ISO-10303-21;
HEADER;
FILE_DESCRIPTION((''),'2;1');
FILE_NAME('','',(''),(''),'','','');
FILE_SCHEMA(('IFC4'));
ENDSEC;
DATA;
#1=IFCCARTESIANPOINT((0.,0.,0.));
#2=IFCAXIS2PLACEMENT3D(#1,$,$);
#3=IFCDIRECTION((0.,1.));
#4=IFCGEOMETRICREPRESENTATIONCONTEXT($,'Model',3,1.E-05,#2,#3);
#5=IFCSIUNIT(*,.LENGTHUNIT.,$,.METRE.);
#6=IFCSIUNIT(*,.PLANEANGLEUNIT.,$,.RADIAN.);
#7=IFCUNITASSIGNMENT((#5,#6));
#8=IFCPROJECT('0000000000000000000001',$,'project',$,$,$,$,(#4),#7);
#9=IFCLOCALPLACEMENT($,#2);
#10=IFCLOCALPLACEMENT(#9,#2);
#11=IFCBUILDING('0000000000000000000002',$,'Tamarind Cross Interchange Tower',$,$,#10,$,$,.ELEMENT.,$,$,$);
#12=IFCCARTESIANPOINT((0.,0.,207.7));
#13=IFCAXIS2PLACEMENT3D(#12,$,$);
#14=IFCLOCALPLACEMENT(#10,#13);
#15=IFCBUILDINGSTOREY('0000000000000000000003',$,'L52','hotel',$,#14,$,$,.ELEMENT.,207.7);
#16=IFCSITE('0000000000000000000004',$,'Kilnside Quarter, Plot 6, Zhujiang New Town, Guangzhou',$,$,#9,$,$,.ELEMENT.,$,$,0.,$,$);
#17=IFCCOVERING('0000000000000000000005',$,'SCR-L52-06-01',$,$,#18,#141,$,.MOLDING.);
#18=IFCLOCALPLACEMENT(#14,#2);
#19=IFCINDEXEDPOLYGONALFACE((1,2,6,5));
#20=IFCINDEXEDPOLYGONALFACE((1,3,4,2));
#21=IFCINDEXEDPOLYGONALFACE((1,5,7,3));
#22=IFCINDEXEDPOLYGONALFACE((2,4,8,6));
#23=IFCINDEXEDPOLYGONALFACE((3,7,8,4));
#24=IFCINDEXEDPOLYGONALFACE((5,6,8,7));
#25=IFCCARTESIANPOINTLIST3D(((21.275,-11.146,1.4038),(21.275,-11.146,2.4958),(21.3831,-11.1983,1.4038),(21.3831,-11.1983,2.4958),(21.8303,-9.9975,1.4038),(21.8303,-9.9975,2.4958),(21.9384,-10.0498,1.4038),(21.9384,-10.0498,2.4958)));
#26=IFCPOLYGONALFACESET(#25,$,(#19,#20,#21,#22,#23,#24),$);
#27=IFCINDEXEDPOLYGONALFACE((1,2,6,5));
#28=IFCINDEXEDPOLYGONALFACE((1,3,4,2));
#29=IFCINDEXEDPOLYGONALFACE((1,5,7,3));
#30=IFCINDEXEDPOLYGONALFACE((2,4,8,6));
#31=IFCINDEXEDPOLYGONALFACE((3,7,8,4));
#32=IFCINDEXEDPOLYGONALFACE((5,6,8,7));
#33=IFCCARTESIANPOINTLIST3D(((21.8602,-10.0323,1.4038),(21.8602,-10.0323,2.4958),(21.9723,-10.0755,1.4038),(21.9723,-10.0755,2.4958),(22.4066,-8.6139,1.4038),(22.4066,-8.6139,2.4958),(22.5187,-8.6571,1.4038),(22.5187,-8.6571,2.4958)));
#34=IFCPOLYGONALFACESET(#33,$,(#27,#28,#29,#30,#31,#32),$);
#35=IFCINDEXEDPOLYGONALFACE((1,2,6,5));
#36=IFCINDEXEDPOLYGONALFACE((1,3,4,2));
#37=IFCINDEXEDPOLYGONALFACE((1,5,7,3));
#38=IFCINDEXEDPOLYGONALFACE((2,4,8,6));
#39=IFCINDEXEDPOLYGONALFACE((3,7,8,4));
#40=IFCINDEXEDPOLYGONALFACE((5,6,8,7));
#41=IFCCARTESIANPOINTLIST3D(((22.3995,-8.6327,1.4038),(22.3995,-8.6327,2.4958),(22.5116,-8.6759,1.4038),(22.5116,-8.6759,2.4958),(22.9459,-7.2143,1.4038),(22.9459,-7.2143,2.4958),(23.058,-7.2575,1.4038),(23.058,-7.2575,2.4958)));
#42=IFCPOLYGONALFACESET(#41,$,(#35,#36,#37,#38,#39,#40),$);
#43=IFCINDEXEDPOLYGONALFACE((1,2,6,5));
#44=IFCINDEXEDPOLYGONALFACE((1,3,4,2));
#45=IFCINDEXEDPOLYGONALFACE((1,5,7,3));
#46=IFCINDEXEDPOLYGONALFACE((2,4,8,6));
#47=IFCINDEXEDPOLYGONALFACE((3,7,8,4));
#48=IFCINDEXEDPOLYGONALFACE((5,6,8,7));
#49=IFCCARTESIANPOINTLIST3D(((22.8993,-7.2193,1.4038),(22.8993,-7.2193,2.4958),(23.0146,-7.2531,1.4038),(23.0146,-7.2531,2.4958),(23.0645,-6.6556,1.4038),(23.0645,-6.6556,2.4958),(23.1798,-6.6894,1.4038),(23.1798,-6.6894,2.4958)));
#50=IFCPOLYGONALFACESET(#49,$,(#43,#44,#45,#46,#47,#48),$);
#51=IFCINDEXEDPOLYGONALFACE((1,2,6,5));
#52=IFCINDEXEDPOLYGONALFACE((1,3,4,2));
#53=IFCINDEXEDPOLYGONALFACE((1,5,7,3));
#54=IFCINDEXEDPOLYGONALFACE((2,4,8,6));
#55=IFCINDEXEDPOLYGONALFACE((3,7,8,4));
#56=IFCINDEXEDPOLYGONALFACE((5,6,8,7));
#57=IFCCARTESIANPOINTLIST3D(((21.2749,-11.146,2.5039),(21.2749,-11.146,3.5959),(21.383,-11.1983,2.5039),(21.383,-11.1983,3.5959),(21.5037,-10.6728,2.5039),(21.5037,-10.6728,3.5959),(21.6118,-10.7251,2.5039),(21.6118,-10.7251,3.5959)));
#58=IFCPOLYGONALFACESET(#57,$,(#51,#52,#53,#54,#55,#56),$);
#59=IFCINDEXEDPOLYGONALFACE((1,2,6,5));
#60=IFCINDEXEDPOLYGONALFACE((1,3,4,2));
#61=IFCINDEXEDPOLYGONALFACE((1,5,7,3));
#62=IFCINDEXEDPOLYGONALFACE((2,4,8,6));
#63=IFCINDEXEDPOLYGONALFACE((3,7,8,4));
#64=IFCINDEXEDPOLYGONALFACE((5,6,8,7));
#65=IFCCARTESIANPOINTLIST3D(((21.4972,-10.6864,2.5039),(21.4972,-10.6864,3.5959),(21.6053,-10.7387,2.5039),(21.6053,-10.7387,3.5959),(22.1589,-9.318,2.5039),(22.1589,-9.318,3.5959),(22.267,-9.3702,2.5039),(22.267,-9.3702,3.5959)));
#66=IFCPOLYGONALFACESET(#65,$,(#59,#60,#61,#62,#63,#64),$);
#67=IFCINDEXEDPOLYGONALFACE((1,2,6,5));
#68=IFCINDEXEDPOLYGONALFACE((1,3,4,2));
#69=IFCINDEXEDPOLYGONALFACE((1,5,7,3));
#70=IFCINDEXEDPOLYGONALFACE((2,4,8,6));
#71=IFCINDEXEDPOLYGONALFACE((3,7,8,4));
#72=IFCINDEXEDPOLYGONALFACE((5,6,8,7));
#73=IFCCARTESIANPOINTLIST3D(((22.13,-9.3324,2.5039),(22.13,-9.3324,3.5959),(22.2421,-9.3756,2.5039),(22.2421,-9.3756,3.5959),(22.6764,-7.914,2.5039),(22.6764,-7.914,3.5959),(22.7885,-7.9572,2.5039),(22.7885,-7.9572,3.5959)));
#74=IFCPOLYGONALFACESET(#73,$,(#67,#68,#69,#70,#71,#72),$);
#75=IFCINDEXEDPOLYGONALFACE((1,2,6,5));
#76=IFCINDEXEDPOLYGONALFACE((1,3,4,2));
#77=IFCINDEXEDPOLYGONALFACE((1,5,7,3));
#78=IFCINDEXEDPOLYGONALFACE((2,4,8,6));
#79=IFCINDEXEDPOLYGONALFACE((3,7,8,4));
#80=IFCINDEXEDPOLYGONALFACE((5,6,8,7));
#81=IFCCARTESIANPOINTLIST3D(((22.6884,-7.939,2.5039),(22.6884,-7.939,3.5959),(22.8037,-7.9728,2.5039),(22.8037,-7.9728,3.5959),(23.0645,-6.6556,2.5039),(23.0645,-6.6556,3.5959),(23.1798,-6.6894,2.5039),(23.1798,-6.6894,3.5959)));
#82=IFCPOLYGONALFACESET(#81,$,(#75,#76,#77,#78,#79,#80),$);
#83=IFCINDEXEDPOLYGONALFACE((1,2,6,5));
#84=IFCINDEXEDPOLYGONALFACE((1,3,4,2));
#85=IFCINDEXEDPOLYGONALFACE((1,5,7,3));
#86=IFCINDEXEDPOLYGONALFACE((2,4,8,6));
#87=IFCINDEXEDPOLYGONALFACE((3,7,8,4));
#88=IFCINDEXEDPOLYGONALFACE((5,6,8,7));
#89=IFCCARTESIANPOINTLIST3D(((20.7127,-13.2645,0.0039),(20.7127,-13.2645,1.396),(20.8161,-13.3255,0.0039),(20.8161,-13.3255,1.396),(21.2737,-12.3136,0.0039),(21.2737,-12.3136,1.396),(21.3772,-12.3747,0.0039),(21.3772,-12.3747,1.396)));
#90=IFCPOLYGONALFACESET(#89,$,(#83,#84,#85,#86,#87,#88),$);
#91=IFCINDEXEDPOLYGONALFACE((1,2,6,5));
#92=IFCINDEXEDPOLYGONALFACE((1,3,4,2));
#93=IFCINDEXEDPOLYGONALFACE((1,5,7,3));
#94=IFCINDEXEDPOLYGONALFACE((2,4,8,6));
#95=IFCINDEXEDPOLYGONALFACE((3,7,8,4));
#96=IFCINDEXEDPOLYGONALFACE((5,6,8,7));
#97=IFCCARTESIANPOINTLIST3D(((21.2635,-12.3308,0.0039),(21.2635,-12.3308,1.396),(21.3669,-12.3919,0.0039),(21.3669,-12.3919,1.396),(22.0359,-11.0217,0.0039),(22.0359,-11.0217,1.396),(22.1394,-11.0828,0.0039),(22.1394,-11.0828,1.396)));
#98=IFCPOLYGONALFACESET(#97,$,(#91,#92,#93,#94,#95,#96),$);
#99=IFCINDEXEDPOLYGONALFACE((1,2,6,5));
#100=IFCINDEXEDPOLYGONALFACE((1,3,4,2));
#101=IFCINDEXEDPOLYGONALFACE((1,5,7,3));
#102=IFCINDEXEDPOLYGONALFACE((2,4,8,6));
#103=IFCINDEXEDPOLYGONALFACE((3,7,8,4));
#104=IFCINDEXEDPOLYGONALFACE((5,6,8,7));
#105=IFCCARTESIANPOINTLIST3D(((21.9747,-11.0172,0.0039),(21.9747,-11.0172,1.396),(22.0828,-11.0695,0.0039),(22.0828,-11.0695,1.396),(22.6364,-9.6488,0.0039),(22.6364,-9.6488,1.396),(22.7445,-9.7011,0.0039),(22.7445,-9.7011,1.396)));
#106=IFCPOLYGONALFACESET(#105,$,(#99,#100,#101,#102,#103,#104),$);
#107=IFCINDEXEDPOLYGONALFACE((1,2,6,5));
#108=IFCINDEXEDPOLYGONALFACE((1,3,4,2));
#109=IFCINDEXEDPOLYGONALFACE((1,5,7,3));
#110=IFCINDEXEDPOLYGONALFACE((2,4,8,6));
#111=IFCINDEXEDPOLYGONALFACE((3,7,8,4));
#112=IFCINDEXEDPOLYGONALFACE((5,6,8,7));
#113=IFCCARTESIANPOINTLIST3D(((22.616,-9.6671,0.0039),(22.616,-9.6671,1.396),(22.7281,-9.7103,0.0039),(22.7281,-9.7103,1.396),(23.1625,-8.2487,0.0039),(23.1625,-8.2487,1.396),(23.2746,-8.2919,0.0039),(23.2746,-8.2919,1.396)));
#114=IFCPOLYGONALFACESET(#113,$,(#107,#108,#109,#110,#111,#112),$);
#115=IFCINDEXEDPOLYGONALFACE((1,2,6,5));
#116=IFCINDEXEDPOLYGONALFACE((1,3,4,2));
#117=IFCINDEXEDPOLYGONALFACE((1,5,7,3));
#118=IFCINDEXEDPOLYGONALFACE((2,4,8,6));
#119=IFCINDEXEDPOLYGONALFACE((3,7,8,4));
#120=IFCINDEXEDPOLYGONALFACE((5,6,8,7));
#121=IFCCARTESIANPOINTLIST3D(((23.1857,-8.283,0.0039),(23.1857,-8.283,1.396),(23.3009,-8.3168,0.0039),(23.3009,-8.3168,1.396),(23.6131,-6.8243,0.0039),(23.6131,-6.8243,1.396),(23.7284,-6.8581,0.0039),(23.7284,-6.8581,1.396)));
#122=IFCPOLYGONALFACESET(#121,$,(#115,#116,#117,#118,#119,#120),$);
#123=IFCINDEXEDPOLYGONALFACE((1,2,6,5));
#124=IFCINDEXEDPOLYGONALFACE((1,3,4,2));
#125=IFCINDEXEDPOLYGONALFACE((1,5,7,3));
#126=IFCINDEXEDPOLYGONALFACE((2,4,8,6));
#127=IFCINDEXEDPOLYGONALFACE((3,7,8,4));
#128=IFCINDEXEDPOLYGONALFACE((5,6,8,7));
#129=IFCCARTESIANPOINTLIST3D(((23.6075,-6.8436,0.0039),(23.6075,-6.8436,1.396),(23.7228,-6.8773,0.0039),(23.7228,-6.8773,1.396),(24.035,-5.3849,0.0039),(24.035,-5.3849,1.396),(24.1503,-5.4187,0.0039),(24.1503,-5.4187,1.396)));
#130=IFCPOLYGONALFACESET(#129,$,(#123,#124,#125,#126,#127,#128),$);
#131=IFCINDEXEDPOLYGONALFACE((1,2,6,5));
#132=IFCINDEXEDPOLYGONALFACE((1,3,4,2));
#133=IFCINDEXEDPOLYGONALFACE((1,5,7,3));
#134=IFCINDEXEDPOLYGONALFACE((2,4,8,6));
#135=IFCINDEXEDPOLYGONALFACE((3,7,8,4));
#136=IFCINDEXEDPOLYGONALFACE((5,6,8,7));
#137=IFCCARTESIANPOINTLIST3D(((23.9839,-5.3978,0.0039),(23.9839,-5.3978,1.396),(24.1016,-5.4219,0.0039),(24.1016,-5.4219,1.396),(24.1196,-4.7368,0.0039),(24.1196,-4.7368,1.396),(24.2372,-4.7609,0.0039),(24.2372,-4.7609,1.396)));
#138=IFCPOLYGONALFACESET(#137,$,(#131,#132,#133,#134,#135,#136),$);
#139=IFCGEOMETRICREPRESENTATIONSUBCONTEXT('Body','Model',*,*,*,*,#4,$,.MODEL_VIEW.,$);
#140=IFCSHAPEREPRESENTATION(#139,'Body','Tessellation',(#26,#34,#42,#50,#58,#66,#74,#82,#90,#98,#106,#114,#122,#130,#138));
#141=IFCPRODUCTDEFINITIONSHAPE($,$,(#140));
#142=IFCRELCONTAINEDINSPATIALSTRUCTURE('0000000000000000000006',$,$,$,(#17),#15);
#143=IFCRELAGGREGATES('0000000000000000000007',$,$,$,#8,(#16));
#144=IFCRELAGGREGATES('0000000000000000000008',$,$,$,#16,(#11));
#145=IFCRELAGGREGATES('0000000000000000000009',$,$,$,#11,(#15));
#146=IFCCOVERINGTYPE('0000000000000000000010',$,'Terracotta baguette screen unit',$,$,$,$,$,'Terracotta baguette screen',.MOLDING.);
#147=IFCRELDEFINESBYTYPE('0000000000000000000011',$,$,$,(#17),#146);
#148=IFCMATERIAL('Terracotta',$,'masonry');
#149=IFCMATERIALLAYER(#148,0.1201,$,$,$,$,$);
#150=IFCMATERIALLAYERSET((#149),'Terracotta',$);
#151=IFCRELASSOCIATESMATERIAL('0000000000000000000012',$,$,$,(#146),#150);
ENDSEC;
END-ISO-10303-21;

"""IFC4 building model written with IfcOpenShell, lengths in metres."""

from ifc_helpers import new_model, si_unit, direction, frame, origin, origin_2d, place, context, subcontext, project, spatial, rectangle, extrude, material, layer, layer_set, type_object, element, save


model = new_model("IFC4")

# Units and contexts
model_context = context("Model", 3, precision=1e-05, world=origin(), true_north=direction((0.0, 1.0)))
body_context = subcontext(model_context, "Body", "Model", "MODEL_VIEW")
ifc_project = project(units=[si_unit("LENGTHUNIT", "METRE"), si_unit("PLANEANGLEUNIT", "RADIAN")], contexts=[model_context])

# Site, building, storey
site_placement = place(None, origin())
site = spatial("IfcSite", under=ifc_project, at=site_placement, Name="Kilnside Quarter, Plot 6, Zhujiang New Town, Guangzhou", CompositionType="ELEMENT", RefElevation=0.0)
building_placement = place(site_placement, origin())
building = spatial("IfcBuilding", under=site, at=building_placement, Name="Tamarind Cross Interchange Tower", CompositionType="ELEMENT")
storey_placement = place(building_placement, frame((0.0, 0.0, 207.7)))
storey = spatial("IfcBuildingStorey", under=building, at=storey_placement, Name="L52", Description="hotel", CompositionType="ELEMENT", Elevation=207.7)

# Covering
ifc_material_1 = material(Name="Terracotta", Category="masonry")
ifc_layer_1 = layer(ifc_material_1, 0.1201)
ifc_layer_set_1 = layer_set([ifc_layer_1], Name="Terracotta")
covering_type = type_object("IfcCoveringType", Name="Terracotta baguette screen unit", ElementType="Terracotta baguette screen", PredefinedType="MOLDING", material=ifc_layer_set_1)
covering_1_placement = place(storey_placement, origin())
element("IfcCovering", 1, at=covering_1_placement, inside=storey, type_object=covering_type, Name="SCR-L52-06-01", PredefinedType="MOLDING", context=body_context, shape_type="SweptSolid", body=[
    extrude(rectangle(XDim=1.2756, YDim=0.1201, at=origin_2d()), frame((21.6067, -10.5979, 1.4038), z_axis=(0.0, 0.0, 1.0), x_axis=(0.435326, 0.900273, 0.0)), (0.0, 0.0, 1.0), 1.092),
    extrude(rectangle(XDim=1.52, YDim=0.1201, at=origin_2d()), frame((22.1895, -9.3447, 1.4038), z_axis=(0.0, 0.0, 1.0), x_axis=(0.359495, 0.933147, 0.0)), (0.0, 0.0, 1.0), 1.092),
    extrude(rectangle(XDim=1.52, YDim=0.1201, at=origin_2d()), frame((22.7288, -7.9451, 1.4038), z_axis=(0.0, 0.0, 1.0), x_axis=(0.359495, 0.933147, 0.0)), (0.0, 0.0, 1.0), 1.092),
    extrude(rectangle(XDim=0.5874, YDim=0.1201, at=origin_2d()), frame((23.0396, -6.9543, 1.4038), z_axis=(0.0, 0.0, 1.0), x_axis=(0.281209, 0.959647, 0.0)), (0.0, 0.0, 1.0), 1.092),
    extrude(rectangle(XDim=0.5256, YDim=0.1201, at=origin_2d()), frame((21.4434, -10.9355, 2.5039), z_axis=(0.0, 0.0, 1.0), x_axis=(0.435326, 0.900273, 0.0)), (0.0, 0.0, 1.0), 1.092),
    extrude(rectangle(XDim=1.52, YDim=0.1201, at=origin_2d()), frame((21.8821, -10.0283, 2.5039), z_axis=(0.0, 0.0, 1.0), x_axis=(0.435326, 0.900273, 0.0)), (0.0, 0.0, 1.0), 1.092),
    extrude(rectangle(XDim=1.52, YDim=0.1201, at=origin_2d()), frame((22.4592, -8.6448, 2.5039), z_axis=(0.0, 0.0, 1.0), x_axis=(0.359495, 0.933147, 0.0)), (0.0, 0.0, 1.0), 1.092),
    extrude(rectangle(XDim=1.3374, YDim=0.1201, at=origin_2d()), frame((22.9341, -7.3142, 2.5039), z_axis=(0.0, 0.0, 1.0), x_axis=(0.281209, 0.959647, 0.0)), (0.0, 0.0, 1.0), 1.092),
    extrude(rectangle(XDim=1.104, YDim=0.1201, at=origin_2d()), frame((21.0449, -12.8196, 0.0039), z_axis=(0.0, 0.0, 1.0), x_axis=(0.508183, 0.861249, 0.0)), (0.0, 0.0, 1.0), 1.3921),
    extrude(rectangle(XDim=1.52, YDim=0.1201, at=origin_2d()), frame((21.7014, -11.7068, 0.0039), z_axis=(0.0, 0.0, 1.0), x_axis=(0.508183, 0.861249, 0.0)), (0.0, 0.0, 1.0), 1.3921),
    extrude(rectangle(XDim=1.52, YDim=0.1201, at=origin_2d()), frame((22.3596, -10.3591, 0.0039), z_axis=(0.0, 0.0, 1.0), x_axis=(0.435326, 0.900273, 0.0)), (0.0, 0.0, 1.0), 1.3921),
    extrude(rectangle(XDim=1.52, YDim=0.1201, at=origin_2d()), frame((22.9453, -8.9795, 0.0039), z_axis=(0.0, 0.0, 1.0), x_axis=(0.359495, 0.933147, 0.0)), (0.0, 0.0, 1.0), 1.3921),
    extrude(rectangle(XDim=1.52, YDim=0.1201, at=origin_2d()), frame((23.457, -7.5706, 0.0039), z_axis=(0.0, 0.0, 1.0), x_axis=(0.281209, 0.959647, 0.0)), (0.0, 0.0, 1.0), 1.3921),
    extrude(rectangle(XDim=1.52, YDim=0.1201, at=origin_2d()), frame((23.8789, -6.1311, 0.0039), z_axis=(0.0, 0.0, 1.0), x_axis=(0.281209, 0.959647, 0.0)), (0.0, 0.0, 1.0), 1.3921),
    extrude(rectangle(XDim=0.6748, YDim=0.1201, at=origin_2d()), frame((24.1106, -5.0793, 0.0039), z_axis=(0.0, 0.0, 1.0), x_axis=(0.201001, 0.979591, 0.0)), (0.0, 0.0, 1.0), 1.3921),
])

save(model, "model.ifc")
